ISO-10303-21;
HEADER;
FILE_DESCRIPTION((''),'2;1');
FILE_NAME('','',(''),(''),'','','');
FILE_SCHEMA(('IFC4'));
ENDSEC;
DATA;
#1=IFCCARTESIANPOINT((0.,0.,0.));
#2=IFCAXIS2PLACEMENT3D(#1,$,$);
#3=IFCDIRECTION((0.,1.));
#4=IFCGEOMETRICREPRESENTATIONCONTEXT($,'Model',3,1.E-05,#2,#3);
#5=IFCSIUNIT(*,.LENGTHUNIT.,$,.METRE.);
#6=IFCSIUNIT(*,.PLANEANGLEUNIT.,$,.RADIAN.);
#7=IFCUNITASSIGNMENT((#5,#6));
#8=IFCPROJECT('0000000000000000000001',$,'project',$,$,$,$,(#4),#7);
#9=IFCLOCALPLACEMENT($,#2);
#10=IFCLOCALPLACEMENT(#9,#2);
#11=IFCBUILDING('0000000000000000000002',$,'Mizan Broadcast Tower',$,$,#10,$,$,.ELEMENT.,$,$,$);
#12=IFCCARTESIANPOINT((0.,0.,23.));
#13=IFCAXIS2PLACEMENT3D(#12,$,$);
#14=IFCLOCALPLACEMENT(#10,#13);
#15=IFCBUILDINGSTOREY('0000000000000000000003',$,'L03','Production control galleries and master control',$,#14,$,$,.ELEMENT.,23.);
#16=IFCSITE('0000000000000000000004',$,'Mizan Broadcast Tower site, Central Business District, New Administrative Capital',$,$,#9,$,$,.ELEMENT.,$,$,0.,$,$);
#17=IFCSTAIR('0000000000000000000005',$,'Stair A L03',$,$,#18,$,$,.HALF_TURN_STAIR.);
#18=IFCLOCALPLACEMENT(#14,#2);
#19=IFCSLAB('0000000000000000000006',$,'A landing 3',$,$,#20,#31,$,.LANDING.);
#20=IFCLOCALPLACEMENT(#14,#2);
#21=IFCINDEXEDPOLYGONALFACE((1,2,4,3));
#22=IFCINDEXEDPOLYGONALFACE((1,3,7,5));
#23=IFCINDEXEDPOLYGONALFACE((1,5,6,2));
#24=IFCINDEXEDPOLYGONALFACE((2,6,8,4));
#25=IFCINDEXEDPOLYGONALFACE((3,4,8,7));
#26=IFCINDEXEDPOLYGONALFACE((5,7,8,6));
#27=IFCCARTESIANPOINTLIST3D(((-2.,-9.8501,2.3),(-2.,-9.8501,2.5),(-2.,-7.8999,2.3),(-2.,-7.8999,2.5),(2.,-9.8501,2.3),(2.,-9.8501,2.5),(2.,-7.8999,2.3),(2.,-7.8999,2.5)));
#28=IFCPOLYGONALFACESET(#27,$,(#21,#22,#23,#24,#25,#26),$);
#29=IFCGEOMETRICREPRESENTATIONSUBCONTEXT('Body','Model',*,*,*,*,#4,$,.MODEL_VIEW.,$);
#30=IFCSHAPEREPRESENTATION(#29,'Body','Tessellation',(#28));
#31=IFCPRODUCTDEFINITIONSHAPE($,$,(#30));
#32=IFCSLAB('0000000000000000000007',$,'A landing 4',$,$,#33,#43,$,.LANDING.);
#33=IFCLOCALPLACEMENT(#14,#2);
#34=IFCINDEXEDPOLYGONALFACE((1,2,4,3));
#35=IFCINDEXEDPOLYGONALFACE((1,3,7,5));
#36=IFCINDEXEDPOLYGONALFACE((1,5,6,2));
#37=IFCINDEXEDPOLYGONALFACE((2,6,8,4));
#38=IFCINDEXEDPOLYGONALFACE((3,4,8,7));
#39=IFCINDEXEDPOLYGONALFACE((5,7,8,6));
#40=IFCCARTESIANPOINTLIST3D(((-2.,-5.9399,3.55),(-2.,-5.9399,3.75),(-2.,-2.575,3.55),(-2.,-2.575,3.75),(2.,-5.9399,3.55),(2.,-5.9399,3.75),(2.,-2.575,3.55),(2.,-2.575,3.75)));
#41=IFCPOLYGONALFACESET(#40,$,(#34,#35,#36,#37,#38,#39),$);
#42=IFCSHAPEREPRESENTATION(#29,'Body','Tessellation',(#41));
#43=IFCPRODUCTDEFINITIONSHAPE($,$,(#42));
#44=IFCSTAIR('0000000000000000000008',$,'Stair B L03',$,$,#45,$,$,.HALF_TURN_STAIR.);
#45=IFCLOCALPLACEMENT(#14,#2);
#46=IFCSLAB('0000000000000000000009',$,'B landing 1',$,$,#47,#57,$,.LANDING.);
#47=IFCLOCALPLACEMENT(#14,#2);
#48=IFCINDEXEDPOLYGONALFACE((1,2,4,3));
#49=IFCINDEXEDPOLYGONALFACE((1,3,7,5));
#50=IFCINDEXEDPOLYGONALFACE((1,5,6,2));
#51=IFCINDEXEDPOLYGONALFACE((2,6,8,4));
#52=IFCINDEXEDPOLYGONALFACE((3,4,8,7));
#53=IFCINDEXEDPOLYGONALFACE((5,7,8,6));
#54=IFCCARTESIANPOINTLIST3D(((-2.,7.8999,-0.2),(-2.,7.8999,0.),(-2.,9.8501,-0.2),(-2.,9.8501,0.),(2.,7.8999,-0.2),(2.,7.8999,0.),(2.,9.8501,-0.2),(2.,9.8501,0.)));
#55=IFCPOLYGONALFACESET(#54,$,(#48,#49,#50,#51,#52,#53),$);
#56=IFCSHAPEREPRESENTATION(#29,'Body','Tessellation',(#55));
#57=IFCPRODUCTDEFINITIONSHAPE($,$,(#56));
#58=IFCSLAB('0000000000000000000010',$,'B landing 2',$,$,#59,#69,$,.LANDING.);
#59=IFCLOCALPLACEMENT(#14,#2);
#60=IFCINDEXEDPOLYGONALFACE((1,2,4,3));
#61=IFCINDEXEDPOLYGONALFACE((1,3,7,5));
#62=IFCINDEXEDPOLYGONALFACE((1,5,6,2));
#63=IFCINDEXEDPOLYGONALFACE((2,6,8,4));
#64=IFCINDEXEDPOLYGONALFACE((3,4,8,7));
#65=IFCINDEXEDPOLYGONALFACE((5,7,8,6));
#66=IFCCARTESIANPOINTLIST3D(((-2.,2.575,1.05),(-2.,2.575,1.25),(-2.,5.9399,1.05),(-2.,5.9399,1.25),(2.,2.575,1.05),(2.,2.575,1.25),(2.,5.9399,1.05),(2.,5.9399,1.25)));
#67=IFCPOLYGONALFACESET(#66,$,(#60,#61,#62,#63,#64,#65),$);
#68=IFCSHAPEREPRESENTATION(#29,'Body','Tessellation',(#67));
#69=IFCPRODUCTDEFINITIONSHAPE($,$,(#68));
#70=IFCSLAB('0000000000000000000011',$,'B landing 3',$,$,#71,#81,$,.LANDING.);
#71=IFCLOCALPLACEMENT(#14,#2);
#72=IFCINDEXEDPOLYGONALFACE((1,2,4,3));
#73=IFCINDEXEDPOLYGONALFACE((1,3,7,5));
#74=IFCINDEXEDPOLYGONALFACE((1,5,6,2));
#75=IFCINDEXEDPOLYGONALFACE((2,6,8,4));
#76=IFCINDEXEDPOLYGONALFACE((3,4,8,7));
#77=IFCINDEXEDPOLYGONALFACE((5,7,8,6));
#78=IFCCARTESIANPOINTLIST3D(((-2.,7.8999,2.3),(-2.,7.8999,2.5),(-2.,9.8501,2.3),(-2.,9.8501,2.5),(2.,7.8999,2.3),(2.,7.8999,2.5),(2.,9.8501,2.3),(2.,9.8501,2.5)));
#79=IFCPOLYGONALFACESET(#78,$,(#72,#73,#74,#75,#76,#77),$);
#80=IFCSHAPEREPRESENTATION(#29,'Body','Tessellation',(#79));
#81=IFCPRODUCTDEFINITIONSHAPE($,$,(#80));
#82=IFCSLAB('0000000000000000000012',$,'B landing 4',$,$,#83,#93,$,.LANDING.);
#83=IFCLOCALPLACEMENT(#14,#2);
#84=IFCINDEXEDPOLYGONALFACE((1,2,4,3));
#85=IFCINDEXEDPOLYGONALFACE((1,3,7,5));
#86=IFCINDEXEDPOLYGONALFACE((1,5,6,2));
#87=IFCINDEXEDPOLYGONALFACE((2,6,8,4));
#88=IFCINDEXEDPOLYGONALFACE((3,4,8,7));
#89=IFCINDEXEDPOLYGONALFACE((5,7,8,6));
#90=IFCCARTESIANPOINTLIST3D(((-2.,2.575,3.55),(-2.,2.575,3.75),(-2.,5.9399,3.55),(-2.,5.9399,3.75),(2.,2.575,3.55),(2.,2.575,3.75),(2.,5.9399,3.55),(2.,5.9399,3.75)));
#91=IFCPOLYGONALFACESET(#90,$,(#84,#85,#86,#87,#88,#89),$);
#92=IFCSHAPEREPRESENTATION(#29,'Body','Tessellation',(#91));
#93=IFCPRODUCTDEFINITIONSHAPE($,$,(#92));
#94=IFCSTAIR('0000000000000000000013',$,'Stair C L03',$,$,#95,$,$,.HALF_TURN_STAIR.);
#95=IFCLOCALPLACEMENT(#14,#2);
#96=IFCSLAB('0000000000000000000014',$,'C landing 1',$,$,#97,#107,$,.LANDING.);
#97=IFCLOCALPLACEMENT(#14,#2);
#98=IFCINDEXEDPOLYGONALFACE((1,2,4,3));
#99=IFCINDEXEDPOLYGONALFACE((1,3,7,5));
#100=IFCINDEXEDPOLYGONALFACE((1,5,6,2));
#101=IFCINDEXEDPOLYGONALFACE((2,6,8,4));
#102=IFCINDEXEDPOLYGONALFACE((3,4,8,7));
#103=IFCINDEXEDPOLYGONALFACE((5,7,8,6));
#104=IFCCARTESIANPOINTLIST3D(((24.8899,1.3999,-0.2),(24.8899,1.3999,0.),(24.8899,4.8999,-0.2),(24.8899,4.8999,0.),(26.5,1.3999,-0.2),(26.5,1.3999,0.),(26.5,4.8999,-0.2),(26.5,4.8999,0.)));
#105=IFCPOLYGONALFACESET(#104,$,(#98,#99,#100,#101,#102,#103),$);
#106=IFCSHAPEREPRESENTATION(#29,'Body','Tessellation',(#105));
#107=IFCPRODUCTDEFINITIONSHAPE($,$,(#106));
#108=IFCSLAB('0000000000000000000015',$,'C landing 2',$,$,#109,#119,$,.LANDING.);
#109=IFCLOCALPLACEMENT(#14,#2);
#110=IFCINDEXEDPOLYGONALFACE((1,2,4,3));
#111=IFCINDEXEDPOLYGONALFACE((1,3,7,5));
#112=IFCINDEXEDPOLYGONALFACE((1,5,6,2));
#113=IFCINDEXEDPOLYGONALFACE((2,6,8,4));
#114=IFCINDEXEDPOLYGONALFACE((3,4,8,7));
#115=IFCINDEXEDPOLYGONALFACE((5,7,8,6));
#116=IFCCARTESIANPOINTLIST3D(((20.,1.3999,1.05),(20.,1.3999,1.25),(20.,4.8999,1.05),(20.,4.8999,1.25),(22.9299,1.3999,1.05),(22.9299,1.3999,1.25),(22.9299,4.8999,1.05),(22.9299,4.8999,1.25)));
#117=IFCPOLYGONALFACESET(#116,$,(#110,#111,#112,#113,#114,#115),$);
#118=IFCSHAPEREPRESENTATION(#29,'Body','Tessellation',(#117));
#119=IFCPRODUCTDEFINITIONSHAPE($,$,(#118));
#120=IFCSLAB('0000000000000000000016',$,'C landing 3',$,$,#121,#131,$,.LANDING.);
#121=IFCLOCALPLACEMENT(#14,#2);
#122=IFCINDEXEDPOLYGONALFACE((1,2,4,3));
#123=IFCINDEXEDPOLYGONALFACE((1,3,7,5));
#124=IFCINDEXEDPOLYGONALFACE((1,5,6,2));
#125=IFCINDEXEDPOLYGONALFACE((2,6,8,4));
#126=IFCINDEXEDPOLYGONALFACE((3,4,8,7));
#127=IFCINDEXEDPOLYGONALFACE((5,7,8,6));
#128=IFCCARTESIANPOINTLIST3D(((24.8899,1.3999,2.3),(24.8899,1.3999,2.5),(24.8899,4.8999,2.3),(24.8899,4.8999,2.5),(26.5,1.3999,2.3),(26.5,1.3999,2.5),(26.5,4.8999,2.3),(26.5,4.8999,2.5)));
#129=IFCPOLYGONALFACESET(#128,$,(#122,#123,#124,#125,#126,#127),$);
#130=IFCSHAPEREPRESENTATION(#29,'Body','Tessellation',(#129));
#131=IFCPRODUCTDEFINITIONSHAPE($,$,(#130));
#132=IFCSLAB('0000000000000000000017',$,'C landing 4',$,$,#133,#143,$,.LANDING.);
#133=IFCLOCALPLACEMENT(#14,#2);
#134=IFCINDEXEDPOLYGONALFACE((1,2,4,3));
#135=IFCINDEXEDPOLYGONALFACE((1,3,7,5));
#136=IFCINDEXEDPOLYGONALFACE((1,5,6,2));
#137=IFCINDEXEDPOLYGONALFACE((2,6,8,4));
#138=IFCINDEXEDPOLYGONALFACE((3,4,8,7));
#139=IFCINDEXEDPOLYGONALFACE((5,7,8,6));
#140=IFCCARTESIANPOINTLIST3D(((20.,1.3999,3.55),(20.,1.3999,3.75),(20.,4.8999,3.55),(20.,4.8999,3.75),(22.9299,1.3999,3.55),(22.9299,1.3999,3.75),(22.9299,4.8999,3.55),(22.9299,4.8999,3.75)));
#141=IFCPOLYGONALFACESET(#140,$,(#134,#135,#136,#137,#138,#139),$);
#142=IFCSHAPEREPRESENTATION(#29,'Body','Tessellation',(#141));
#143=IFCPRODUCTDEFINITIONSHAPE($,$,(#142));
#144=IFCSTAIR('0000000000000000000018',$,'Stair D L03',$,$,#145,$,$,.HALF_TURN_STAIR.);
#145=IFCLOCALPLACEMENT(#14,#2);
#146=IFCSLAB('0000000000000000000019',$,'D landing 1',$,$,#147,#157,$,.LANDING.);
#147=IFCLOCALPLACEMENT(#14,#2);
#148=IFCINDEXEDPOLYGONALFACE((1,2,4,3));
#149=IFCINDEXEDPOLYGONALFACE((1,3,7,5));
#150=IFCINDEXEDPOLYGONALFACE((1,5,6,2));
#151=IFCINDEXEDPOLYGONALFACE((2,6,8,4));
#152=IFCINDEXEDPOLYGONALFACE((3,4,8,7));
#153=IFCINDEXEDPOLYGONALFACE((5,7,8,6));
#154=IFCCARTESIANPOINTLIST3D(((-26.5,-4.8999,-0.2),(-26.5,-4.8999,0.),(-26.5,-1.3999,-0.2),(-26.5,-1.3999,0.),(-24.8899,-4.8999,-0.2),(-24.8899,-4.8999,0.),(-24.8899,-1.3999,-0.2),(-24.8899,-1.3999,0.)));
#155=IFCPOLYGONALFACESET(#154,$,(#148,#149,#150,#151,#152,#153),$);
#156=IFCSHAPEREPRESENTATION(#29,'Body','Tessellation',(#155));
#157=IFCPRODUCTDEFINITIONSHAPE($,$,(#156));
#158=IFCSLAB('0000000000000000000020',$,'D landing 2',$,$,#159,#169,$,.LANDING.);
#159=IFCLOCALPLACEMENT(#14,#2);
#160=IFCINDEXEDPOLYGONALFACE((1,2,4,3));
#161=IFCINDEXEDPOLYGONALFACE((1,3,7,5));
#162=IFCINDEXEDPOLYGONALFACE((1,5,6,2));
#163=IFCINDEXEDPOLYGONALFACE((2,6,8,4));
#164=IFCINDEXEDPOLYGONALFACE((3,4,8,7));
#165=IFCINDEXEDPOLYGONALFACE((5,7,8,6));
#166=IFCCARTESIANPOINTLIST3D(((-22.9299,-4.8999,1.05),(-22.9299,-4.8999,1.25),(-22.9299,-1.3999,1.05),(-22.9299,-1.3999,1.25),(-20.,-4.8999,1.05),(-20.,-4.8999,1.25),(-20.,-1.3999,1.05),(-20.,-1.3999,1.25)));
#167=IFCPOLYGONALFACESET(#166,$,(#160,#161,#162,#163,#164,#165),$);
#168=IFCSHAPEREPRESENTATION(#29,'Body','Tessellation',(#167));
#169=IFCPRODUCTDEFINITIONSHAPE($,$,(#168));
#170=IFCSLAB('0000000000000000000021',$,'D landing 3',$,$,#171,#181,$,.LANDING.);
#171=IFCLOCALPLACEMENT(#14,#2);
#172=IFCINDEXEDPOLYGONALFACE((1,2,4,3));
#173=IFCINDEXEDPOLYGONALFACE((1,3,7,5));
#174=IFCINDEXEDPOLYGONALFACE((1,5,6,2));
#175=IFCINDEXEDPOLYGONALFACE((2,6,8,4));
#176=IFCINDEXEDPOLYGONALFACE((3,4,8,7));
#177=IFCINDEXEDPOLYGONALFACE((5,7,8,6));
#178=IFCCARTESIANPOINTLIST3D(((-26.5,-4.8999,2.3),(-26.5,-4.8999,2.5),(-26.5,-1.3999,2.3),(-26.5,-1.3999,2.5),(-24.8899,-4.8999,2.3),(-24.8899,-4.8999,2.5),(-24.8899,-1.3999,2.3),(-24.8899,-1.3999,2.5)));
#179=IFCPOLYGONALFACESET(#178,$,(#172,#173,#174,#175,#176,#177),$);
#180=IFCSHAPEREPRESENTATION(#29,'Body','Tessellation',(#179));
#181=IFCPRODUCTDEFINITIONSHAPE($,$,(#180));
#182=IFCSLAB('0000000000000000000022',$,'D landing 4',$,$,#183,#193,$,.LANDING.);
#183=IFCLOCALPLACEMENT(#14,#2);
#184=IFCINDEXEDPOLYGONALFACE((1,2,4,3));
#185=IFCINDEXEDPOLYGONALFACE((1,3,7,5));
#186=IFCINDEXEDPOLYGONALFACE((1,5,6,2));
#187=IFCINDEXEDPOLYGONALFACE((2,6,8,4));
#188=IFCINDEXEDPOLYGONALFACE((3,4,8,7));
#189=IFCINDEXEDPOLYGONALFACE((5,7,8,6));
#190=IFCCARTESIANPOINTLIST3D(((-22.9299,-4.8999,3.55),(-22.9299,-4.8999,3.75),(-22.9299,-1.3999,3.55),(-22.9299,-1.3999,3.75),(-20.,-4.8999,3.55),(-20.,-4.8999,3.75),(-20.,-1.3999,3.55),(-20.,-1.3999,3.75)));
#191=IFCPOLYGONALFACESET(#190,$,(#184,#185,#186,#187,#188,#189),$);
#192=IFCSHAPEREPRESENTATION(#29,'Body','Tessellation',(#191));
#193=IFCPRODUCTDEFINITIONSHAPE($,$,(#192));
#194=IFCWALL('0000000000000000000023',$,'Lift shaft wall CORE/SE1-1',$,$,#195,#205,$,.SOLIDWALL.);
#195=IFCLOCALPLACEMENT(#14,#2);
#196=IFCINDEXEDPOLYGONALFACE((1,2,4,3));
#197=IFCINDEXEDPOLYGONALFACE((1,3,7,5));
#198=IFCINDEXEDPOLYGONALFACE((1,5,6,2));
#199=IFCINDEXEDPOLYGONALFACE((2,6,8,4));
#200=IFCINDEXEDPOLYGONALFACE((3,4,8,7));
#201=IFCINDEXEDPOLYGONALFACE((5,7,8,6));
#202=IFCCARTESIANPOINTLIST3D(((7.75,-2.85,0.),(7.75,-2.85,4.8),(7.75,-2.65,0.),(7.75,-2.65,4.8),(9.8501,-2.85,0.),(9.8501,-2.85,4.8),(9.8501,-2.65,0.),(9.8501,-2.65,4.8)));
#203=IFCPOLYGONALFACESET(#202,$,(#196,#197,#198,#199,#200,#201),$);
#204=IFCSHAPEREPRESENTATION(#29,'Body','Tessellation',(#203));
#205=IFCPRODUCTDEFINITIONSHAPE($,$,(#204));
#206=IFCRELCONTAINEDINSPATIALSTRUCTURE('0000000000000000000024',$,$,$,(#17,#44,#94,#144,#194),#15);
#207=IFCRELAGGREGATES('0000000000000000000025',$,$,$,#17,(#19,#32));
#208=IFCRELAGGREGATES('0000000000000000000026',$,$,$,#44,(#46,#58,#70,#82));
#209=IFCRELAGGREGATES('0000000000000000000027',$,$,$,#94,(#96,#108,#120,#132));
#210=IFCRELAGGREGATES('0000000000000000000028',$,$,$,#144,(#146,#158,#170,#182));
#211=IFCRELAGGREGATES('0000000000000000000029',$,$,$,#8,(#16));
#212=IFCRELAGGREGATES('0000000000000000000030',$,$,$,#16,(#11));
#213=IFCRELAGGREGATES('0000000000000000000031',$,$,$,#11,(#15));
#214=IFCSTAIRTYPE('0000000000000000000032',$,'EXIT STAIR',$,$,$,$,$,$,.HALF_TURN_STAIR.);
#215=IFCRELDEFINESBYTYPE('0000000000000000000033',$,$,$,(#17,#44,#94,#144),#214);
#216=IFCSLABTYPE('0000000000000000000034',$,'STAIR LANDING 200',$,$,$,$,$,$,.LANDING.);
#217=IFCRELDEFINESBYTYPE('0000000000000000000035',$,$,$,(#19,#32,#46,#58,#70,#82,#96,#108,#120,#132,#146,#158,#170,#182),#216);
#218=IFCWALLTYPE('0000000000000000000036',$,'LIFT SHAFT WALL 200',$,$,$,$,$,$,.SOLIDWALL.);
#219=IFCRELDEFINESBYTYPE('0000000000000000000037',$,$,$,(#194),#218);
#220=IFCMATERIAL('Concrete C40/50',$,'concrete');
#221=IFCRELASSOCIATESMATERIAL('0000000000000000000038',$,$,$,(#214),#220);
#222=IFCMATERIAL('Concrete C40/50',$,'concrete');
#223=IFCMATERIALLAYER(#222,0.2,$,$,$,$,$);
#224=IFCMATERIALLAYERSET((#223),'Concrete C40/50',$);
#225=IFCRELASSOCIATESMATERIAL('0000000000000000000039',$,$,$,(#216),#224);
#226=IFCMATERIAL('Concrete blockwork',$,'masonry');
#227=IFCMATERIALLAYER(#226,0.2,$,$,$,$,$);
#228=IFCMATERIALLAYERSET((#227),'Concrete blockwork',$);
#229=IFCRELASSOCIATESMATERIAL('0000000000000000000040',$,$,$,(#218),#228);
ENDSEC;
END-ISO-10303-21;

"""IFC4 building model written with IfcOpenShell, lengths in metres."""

from ifc_helpers import new_model, si_unit, direction, frame, frame_2d, origin, place, context, subcontext, project, spatial, polyline, rectangle, outline, extrude, material, layer, layer_set, type_object, element, aggregate, save


model = new_model("IFC4")

# Units and contexts
model_context = context("Model", 3, precision=1e-05, world=origin(), true_north=direction((0.0, 1.0)))
body_context = subcontext(model_context, "Body", "Model", "MODEL_VIEW")
ifc_project = project(units=[si_unit("LENGTHUNIT", "METRE"), si_unit("PLANEANGLEUNIT", "RADIAN")], contexts=[model_context])

# Site, building, storey
site_placement = place(None, origin())
site = spatial("IfcSite", under=ifc_project, at=site_placement, Name="Mizan Broadcast Tower site, Central Business District, New Administrative Capital", CompositionType="ELEMENT", RefElevation=0.0)
building_placement = place(site_placement, origin())
building = spatial("IfcBuilding", under=site, at=building_placement, Name="Mizan Broadcast Tower", CompositionType="ELEMENT")
storey_placement = place(building_placement, frame((0.0, 0.0, 23.0)))
storey = spatial("IfcBuildingStorey", under=building, at=storey_placement, Name="L03", Description="Production control galleries and master control", CompositionType="ELEMENT", Elevation=23.0)

# Stairs, slabs
ifc_material_1 = material(Name="Concrete C40/50", Category="concrete")
stair_type = type_object("IfcStairType", Name="EXIT STAIR", PredefinedType="HALF_TURN_STAIR", material=ifc_material_1)
stair_1_placement = place(storey_placement, origin())
stair_1 = element("IfcStair", 1, at=stair_1_placement, inside=storey, type_object=stair_type, Name="Stair A L03", PredefinedType="HALF_TURN_STAIR")
ifc_material_2 = material(Name="Concrete C40/50", Category="concrete")
ifc_layer_1 = layer(ifc_material_2, 0.2)
ifc_layer_set_1 = layer_set([ifc_layer_1], Name="Concrete C40/50")
slab_type_1 = type_object("IfcSlabType", Name="STAIR LANDING 200", PredefinedType="LANDING", material=ifc_layer_set_1)
slab_1_placement = place(storey_placement, frame((0.0, 0.0, 2.3)))
slab_1 = element("IfcSlab", 2, at=slab_1_placement, type_object=slab_type_1, Name="A landing 3", PredefinedType="LANDING", context=body_context, shape_type="SweptSolid", body=[
    extrude(outline(polyline([(-2.0, -9.8501), (-2.0, -7.8999), (2.0, -7.8999), (2.0, -9.8501), (-2.0, -9.8501)])), origin(), (0.0, 0.0, 1.0), 0.2),
])
slab_2_placement = place(storey_placement, frame((0.0, 0.0, 3.55)))
slab_2 = element("IfcSlab", 3, at=slab_2_placement, type_object=slab_type_1, Name="A landing 4", PredefinedType="LANDING", context=body_context, shape_type="SweptSolid", body=[
    extrude(outline(polyline([(-2.0, -5.9399), (-2.0, -2.575), (2.0, -2.575), (2.0, -5.9399), (-2.0, -5.9399)])), origin(), (0.0, 0.0, 1.0), 0.2),
])
aggregate(stair_1, [slab_1, slab_2])
stair_2_placement = place(storey_placement, origin())
stair_2 = element("IfcStair", 4, at=stair_2_placement, inside=storey, type_object=stair_type, Name="Stair B L03", PredefinedType="HALF_TURN_STAIR")
slab_3_placement = place(storey_placement, frame((0.0, 0.0, -0.2)))
slab_3 = element("IfcSlab", 5, at=slab_3_placement, type_object=slab_type_1, Name="B landing 1", PredefinedType="LANDING", context=body_context, shape_type="SweptSolid", body=[
    extrude(outline(polyline([(2.0, 9.8501), (2.0, 7.8999), (-2.0, 7.8999), (-2.0, 9.8501), (2.0, 9.8501)])), origin(), (0.0, 0.0, 1.0), 0.2),
])
slab_4_placement = place(storey_placement, frame((0.0, 0.0, 1.05)))
slab_4 = element("IfcSlab", 6, at=slab_4_placement, type_object=slab_type_1, Name="B landing 2", PredefinedType="LANDING", context=body_context, shape_type="SweptSolid", body=[
    extrude(outline(polyline([(2.0, 5.9399), (2.0, 2.575), (-2.0, 2.575), (-2.0, 5.9399), (2.0, 5.9399)])), origin(), (0.0, 0.0, 1.0), 0.2),
])
slab_5_placement = place(storey_placement, frame((0.0, 0.0, 2.3)))
slab_5 = element("IfcSlab", 7, at=slab_5_placement, type_object=slab_type_1, Name="B landing 3", PredefinedType="LANDING", context=body_context, shape_type="SweptSolid", body=[
    extrude(outline(polyline([(2.0, 9.8501), (2.0, 7.8999), (-2.0, 7.8999), (-2.0, 9.8501), (2.0, 9.8501)])), origin(), (0.0, 0.0, 1.0), 0.2),
])
slab_6_placement = place(storey_placement, frame((0.0, 0.0, 3.55)))
slab_6 = element("IfcSlab", 8, at=slab_6_placement, type_object=slab_type_1, Name="B landing 4", PredefinedType="LANDING", context=body_context, shape_type="SweptSolid", body=[
    extrude(outline(polyline([(2.0, 5.9399), (2.0, 2.575), (-2.0, 2.575), (-2.0, 5.9399), (2.0, 5.9399)])), origin(), (0.0, 0.0, 1.0), 0.2),
])
aggregate(stair_2, [slab_3, slab_4, slab_5, slab_6])
stair_3_placement = place(storey_placement, origin())
stair_3 = element("IfcStair", 9, at=stair_3_placement, inside=storey, type_object=stair_type, Name="Stair C L03", PredefinedType="HALF_TURN_STAIR")
slab_7_placement = place(storey_placement, frame((0.0, 0.0, -0.2)))
slab_7 = element("IfcSlab", 10, at=slab_7_placement, type_object=slab_type_1, Name="C landing 1", PredefinedType="LANDING", context=body_context, shape_type="SweptSolid", body=[
    extrude(outline(polyline([(26.5, 1.3999), (24.8899, 1.3999), (24.8899, 4.8999), (26.5, 4.8999), (26.5, 1.3999)])), origin(), (0.0, 0.0, 1.0), 0.2),
])
slab_8_placement = place(storey_placement, frame((0.0, 0.0, 1.05)))
slab_8 = element("IfcSlab", 11, at=slab_8_placement, type_object=slab_type_1, Name="C landing 2", PredefinedType="LANDING", context=body_context, shape_type="SweptSolid", body=[
    extrude(outline(polyline([(22.9299, 1.3999), (20.0, 1.3999), (20.0, 4.8999), (22.9299, 4.8999), (22.9299, 1.3999)])), origin(), (0.0, 0.0, 1.0), 0.2),
])
slab_9_placement = place(storey_placement, frame((0.0, 0.0, 2.3)))
slab_9 = element("IfcSlab", 12, at=slab_9_placement, type_object=slab_type_1, Name="C landing 3", PredefinedType="LANDING", context=body_context, shape_type="SweptSolid", body=[
    extrude(outline(polyline([(26.5, 1.3999), (24.8899, 1.3999), (24.8899, 4.8999), (26.5, 4.8999), (26.5, 1.3999)])), origin(), (0.0, 0.0, 1.0), 0.2),
])
slab_10_placement = place(storey_placement, frame((0.0, 0.0, 3.55)))
slab_10 = element("IfcSlab", 13, at=slab_10_placement, type_object=slab_type_1, Name="C landing 4", PredefinedType="LANDING", context=body_context, shape_type="SweptSolid", body=[
    extrude(outline(polyline([(22.9299, 1.3999), (20.0, 1.3999), (20.0, 4.8999), (22.9299, 4.8999), (22.9299, 1.3999)])), origin(), (0.0, 0.0, 1.0), 0.2),
])
aggregate(stair_3, [slab_7, slab_8, slab_9, slab_10])
stair_4_placement = place(storey_placement, origin())
stair_4 = element("IfcStair", 14, at=stair_4_placement, inside=storey, type_object=stair_type, Name="Stair D L03", PredefinedType="HALF_TURN_STAIR")
slab_11_placement = place(storey_placement, frame((0.0, 0.0, -0.2)))
slab_11 = element("IfcSlab", 15, at=slab_11_placement, type_object=slab_type_1, Name="D landing 1", PredefinedType="LANDING", context=body_context, shape_type="SweptSolid", body=[
    extrude(outline(polyline([(-26.5, -1.3999), (-24.8899, -1.3999), (-24.8899, -4.8999), (-26.5, -4.8999), (-26.5, -1.3999)])), origin(), (0.0, 0.0, 1.0), 0.2),
])
slab_12_placement = place(storey_placement, frame((0.0, 0.0, 1.05)))
slab_12 = element("IfcSlab", 16, at=slab_12_placement, type_object=slab_type_1, Name="D landing 2", PredefinedType="LANDING", context=body_context, shape_type="SweptSolid", body=[
    extrude(outline(polyline([(-22.9299, -1.3999), (-20.0, -1.3999), (-20.0, -4.8999), (-22.9299, -4.8999), (-22.9299, -1.3999)])), origin(), (0.0, 0.0, 1.0), 0.2),
])
slab_13_placement = place(storey_placement, frame((0.0, 0.0, 2.3)))
slab_13 = element("IfcSlab", 17, at=slab_13_placement, type_object=slab_type_1, Name="D landing 3", PredefinedType="LANDING", context=body_context, shape_type="SweptSolid", body=[
    extrude(outline(polyline([(-26.5, -1.3999), (-24.8899, -1.3999), (-24.8899, -4.8999), (-26.5, -4.8999), (-26.5, -1.3999)])), origin(), (0.0, 0.0, 1.0), 0.2),
])
slab_14_placement = place(storey_placement, frame((0.0, 0.0, 3.55)))
slab_14 = element("IfcSlab", 18, at=slab_14_placement, type_object=slab_type_1, Name="D landing 4", PredefinedType="LANDING", context=body_context, shape_type="SweptSolid", body=[
    extrude(outline(polyline([(-22.9299, -1.3999), (-20.0, -1.3999), (-20.0, -4.8999), (-22.9299, -4.8999), (-22.9299, -1.3999)])), origin(), (0.0, 0.0, 1.0), 0.2),
])
aggregate(stair_4, [slab_11, slab_12, slab_13, slab_14])

# Wall
ifc_material_3 = material(Name="Concrete blockwork", Category="masonry")
ifc_layer_2 = layer(ifc_material_3, 0.2)
ifc_layer_set_2 = layer_set([ifc_layer_2], Name="Concrete blockwork")
wall_type_1 = type_object("IfcWallType", Name="LIFT SHAFT WALL 200", PredefinedType="SOLIDWALL", material=ifc_layer_set_2)
wall_1_placement = place(storey_placement, frame((7.75, -2.75, 0.0), z_axis=(0.0, 0.0, 1.0), x_axis=(1.0, 0.0, 0.0)))
element("IfcWall", 19, at=wall_1_placement, inside=storey, type_object=wall_type_1, Name="Lift shaft wall CORE/SE1-1", PredefinedType="SOLIDWALL", context=body_context, shape_type="SweptSolid", body=[
    extrude(rectangle(XDim=2.1001, YDim=0.2, at=frame_2d((1.05, 0.0))), origin(), (0.0, 0.0, 1.0), 4.8),
])

save(model, "model.ifc")
